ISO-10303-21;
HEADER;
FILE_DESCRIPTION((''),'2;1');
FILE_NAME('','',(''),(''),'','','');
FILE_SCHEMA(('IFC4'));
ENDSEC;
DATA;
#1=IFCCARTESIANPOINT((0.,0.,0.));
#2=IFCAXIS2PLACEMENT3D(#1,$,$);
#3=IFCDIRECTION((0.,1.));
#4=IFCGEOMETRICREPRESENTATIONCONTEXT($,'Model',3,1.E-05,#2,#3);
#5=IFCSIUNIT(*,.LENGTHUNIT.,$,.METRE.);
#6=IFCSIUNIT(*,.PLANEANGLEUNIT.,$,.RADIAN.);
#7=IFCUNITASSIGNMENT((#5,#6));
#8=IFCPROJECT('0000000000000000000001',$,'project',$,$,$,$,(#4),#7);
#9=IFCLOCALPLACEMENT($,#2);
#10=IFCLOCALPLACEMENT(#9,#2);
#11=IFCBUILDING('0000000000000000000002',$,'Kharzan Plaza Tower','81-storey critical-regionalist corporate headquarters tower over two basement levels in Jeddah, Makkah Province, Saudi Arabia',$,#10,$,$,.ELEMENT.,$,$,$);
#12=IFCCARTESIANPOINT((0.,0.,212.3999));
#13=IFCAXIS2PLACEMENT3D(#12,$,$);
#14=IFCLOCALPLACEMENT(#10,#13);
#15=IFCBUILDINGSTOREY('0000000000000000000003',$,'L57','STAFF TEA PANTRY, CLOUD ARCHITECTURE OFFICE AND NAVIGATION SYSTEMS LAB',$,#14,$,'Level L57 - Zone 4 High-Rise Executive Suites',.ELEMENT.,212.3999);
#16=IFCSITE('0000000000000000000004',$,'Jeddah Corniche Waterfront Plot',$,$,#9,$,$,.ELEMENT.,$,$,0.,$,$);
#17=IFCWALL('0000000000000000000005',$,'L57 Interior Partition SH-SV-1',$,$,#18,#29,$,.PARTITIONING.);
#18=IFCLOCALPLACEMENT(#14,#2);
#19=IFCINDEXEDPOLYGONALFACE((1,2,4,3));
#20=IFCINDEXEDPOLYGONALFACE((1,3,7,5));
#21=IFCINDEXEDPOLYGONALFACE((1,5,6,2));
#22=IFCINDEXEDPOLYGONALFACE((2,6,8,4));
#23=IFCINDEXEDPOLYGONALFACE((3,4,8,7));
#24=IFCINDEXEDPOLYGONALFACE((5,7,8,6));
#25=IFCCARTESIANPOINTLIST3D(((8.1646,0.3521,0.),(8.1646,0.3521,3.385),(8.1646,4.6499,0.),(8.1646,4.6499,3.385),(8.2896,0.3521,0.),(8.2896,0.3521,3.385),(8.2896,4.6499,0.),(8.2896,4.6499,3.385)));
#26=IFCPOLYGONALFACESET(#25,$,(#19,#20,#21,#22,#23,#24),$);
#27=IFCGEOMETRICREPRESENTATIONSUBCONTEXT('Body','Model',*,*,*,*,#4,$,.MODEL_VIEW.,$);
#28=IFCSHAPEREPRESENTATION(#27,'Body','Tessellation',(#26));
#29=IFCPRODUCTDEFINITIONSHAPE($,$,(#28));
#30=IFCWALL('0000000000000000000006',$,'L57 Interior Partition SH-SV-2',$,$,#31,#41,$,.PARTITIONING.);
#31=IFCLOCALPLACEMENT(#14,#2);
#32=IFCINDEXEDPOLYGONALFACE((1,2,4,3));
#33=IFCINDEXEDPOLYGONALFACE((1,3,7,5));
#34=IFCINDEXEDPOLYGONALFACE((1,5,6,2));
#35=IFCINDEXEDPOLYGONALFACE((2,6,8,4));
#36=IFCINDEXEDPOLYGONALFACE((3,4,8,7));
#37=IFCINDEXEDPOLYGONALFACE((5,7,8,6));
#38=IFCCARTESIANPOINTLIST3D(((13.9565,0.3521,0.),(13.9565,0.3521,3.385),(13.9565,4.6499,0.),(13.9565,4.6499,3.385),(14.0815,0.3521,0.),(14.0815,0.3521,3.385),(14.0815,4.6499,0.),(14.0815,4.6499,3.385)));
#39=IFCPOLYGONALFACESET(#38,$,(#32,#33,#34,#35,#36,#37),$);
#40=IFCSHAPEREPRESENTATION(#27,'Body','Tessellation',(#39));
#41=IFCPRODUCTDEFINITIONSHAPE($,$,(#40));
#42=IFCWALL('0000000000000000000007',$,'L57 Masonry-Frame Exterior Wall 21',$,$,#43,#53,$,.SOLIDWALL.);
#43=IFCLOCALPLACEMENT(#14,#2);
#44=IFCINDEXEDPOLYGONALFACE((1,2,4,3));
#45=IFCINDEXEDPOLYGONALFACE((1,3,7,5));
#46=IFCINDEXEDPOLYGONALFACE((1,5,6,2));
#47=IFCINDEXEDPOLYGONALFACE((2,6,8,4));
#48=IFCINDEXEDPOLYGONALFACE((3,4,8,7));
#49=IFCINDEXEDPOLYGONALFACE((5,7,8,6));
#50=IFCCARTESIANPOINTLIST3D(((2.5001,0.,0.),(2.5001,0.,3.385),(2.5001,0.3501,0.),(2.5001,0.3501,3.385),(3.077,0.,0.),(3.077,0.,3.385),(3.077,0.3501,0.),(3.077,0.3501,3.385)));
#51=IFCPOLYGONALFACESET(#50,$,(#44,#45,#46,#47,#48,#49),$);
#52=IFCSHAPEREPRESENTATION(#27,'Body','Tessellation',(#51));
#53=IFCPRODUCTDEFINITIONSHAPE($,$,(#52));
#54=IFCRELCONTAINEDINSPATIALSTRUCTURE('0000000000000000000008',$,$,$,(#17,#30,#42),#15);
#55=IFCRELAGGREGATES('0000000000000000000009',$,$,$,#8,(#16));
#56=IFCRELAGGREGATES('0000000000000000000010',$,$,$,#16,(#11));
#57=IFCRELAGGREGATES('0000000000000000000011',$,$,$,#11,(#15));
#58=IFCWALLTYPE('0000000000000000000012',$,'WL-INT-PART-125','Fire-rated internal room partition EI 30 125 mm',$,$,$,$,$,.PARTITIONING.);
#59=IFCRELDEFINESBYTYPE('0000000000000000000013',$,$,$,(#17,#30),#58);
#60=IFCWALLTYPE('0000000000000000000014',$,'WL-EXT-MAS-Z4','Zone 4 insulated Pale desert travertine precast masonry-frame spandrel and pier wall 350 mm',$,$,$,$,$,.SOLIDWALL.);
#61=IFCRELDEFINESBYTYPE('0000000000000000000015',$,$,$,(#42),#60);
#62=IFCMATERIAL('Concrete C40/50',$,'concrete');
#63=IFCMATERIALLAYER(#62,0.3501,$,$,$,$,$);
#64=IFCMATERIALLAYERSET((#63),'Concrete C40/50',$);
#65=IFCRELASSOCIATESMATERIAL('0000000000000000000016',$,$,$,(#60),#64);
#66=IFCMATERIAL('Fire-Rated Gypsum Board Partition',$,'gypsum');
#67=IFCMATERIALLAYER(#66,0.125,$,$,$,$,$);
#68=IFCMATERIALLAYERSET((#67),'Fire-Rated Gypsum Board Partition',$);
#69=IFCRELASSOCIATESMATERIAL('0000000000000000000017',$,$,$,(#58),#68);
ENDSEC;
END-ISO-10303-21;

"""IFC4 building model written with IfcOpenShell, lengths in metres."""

from ifc_helpers import new_model, si_unit, direction, frame, frame_2d, origin, place, context, subcontext, project, spatial, rectangle, extrude, source, transform, mapped, material, layer, layer_set, type_object, element, save


model = new_model("IFC4")

# Units and contexts
model_context = context("Model", 3, precision=1e-05, world=origin(), true_north=direction((0.0, 1.0)))
body_context = subcontext(model_context, "Body", "Model", "MODEL_VIEW")
ifc_project = project(units=[si_unit("LENGTHUNIT", "METRE"), si_unit("PLANEANGLEUNIT", "RADIAN")], contexts=[model_context])

# Site, building, storey
site_placement = place(None, origin())
site = spatial("IfcSite", under=ifc_project, at=site_placement, Name="Jeddah Corniche Waterfront Plot", CompositionType="ELEMENT", RefElevation=0.0)
building_placement = place(site_placement, origin())
building = spatial("IfcBuilding", under=site, at=building_placement, Name="Kharzan Plaza Tower", Description="81-storey critical-regionalist corporate headquarters tower over two basement levels in Jeddah, Makkah Province, Saudi Arabia", CompositionType="ELEMENT")
storey_placement = place(building_placement, frame((0.0, 0.0, 212.3999)))
storey = spatial("IfcBuildingStorey", under=building, at=storey_placement, Name="L57", Description="STAFF TEA PANTRY, CLOUD ARCHITECTURE OFFICE AND NAVIGATION SYSTEMS LAB", LongName="Level L57 - Zone 4 High-Rise Executive Suites", CompositionType="ELEMENT", Elevation=212.3999)

# Shared definitions
ifc_material_1 = material(Name="Concrete C40/50", Category="concrete")
ifc_layer_1 = layer(ifc_material_1, 0.3501)
ifc_layer_set_1 = layer_set([ifc_layer_1], Name="Concrete C40/50")
wall_type_1 = type_object("IfcWallType", Name="WL-EXT-MAS-Z4", Description="Zone 4 insulated Pale desert travertine precast masonry-frame spandrel and pier wall 350 mm", PredefinedType="SOLIDWALL", material=ifc_layer_set_1)

# Shared definitions
ifc_material_2 = material(Name="Fire-Rated Gypsum Board Partition", Category="gypsum")
ifc_layer_2 = layer(ifc_material_2, 0.125)
ifc_layer_set_2 = layer_set([ifc_layer_2], Name="Fire-Rated Gypsum Board Partition")
wall_type_2 = type_object("IfcWallType", Name="WL-INT-PART-125", Description="Fire-rated internal room partition EI 30 125 mm", PredefinedType="PARTITIONING", material=ifc_layer_set_2)

# Walls
shared_shape_1 = source(origin(), body_context, "Body", "SweptSolid", [
    extrude(rectangle(XDim=4.2979, YDim=0.125, at=frame_2d((2.1489, 0.0))), origin(), (0.0, 0.0, 1.0), 3.385),
])
for number, where, z_axis, x_axis, name in (
    (1, (8.2271, 0.3521, 0.0), (0.0, 0.0, 1.0), (0.0, 1.0, 0.0), "L57 Interior Partition SH-SV-1"),
    (2, (14.019, 0.3521, 0.0), (0.0, 0.0, 1.0), (0.0, 1.0, 0.0), "L57 Interior Partition SH-SV-2"),
):
    element("IfcWall", number, at=place(storey_placement, frame(where, z_axis=z_axis, x_axis=x_axis)), inside=storey, type_object=wall_type_2, Name=name, PredefinedType="PARTITIONING", context=body_context, shape_type="MappedRepresentation", body=[
        mapped(shared_shape_1, transform((0.0, 0.0, 0.0), x_axis=(1.0, 0.0, 0.0), y_axis=(0.0, 1.0, 0.0), z_axis=(0.0, 0.0, 1.0))),
    ])
shared_shape_2 = source(origin(), body_context, "Body", "SweptSolid", [
    extrude(rectangle(XDim=0.5769, YDim=0.3501, at=frame_2d((0.2886, 0.0))), origin(), (0.0, 0.0, 1.0), 3.385),
])
wall_1_placement = place(storey_placement, frame((2.5, 0.175, 0.0), z_axis=(0.0, 0.0, 1.0), x_axis=(1.0, 0.0, 0.0)))
element("IfcWall", 3, at=wall_1_placement, inside=storey, type_object=wall_type_1, Name="L57 Masonry-Frame Exterior Wall 21", PredefinedType="SOLIDWALL", context=body_context, shape_type="MappedRepresentation", body=[
    mapped(shared_shape_2, transform((0.0, 0.0, 0.0), x_axis=(1.0, 0.0, 0.0), y_axis=(0.0, 1.0, 0.0), z_axis=(0.0, 0.0, 1.0))),
])

save(model, "model.ifc")
